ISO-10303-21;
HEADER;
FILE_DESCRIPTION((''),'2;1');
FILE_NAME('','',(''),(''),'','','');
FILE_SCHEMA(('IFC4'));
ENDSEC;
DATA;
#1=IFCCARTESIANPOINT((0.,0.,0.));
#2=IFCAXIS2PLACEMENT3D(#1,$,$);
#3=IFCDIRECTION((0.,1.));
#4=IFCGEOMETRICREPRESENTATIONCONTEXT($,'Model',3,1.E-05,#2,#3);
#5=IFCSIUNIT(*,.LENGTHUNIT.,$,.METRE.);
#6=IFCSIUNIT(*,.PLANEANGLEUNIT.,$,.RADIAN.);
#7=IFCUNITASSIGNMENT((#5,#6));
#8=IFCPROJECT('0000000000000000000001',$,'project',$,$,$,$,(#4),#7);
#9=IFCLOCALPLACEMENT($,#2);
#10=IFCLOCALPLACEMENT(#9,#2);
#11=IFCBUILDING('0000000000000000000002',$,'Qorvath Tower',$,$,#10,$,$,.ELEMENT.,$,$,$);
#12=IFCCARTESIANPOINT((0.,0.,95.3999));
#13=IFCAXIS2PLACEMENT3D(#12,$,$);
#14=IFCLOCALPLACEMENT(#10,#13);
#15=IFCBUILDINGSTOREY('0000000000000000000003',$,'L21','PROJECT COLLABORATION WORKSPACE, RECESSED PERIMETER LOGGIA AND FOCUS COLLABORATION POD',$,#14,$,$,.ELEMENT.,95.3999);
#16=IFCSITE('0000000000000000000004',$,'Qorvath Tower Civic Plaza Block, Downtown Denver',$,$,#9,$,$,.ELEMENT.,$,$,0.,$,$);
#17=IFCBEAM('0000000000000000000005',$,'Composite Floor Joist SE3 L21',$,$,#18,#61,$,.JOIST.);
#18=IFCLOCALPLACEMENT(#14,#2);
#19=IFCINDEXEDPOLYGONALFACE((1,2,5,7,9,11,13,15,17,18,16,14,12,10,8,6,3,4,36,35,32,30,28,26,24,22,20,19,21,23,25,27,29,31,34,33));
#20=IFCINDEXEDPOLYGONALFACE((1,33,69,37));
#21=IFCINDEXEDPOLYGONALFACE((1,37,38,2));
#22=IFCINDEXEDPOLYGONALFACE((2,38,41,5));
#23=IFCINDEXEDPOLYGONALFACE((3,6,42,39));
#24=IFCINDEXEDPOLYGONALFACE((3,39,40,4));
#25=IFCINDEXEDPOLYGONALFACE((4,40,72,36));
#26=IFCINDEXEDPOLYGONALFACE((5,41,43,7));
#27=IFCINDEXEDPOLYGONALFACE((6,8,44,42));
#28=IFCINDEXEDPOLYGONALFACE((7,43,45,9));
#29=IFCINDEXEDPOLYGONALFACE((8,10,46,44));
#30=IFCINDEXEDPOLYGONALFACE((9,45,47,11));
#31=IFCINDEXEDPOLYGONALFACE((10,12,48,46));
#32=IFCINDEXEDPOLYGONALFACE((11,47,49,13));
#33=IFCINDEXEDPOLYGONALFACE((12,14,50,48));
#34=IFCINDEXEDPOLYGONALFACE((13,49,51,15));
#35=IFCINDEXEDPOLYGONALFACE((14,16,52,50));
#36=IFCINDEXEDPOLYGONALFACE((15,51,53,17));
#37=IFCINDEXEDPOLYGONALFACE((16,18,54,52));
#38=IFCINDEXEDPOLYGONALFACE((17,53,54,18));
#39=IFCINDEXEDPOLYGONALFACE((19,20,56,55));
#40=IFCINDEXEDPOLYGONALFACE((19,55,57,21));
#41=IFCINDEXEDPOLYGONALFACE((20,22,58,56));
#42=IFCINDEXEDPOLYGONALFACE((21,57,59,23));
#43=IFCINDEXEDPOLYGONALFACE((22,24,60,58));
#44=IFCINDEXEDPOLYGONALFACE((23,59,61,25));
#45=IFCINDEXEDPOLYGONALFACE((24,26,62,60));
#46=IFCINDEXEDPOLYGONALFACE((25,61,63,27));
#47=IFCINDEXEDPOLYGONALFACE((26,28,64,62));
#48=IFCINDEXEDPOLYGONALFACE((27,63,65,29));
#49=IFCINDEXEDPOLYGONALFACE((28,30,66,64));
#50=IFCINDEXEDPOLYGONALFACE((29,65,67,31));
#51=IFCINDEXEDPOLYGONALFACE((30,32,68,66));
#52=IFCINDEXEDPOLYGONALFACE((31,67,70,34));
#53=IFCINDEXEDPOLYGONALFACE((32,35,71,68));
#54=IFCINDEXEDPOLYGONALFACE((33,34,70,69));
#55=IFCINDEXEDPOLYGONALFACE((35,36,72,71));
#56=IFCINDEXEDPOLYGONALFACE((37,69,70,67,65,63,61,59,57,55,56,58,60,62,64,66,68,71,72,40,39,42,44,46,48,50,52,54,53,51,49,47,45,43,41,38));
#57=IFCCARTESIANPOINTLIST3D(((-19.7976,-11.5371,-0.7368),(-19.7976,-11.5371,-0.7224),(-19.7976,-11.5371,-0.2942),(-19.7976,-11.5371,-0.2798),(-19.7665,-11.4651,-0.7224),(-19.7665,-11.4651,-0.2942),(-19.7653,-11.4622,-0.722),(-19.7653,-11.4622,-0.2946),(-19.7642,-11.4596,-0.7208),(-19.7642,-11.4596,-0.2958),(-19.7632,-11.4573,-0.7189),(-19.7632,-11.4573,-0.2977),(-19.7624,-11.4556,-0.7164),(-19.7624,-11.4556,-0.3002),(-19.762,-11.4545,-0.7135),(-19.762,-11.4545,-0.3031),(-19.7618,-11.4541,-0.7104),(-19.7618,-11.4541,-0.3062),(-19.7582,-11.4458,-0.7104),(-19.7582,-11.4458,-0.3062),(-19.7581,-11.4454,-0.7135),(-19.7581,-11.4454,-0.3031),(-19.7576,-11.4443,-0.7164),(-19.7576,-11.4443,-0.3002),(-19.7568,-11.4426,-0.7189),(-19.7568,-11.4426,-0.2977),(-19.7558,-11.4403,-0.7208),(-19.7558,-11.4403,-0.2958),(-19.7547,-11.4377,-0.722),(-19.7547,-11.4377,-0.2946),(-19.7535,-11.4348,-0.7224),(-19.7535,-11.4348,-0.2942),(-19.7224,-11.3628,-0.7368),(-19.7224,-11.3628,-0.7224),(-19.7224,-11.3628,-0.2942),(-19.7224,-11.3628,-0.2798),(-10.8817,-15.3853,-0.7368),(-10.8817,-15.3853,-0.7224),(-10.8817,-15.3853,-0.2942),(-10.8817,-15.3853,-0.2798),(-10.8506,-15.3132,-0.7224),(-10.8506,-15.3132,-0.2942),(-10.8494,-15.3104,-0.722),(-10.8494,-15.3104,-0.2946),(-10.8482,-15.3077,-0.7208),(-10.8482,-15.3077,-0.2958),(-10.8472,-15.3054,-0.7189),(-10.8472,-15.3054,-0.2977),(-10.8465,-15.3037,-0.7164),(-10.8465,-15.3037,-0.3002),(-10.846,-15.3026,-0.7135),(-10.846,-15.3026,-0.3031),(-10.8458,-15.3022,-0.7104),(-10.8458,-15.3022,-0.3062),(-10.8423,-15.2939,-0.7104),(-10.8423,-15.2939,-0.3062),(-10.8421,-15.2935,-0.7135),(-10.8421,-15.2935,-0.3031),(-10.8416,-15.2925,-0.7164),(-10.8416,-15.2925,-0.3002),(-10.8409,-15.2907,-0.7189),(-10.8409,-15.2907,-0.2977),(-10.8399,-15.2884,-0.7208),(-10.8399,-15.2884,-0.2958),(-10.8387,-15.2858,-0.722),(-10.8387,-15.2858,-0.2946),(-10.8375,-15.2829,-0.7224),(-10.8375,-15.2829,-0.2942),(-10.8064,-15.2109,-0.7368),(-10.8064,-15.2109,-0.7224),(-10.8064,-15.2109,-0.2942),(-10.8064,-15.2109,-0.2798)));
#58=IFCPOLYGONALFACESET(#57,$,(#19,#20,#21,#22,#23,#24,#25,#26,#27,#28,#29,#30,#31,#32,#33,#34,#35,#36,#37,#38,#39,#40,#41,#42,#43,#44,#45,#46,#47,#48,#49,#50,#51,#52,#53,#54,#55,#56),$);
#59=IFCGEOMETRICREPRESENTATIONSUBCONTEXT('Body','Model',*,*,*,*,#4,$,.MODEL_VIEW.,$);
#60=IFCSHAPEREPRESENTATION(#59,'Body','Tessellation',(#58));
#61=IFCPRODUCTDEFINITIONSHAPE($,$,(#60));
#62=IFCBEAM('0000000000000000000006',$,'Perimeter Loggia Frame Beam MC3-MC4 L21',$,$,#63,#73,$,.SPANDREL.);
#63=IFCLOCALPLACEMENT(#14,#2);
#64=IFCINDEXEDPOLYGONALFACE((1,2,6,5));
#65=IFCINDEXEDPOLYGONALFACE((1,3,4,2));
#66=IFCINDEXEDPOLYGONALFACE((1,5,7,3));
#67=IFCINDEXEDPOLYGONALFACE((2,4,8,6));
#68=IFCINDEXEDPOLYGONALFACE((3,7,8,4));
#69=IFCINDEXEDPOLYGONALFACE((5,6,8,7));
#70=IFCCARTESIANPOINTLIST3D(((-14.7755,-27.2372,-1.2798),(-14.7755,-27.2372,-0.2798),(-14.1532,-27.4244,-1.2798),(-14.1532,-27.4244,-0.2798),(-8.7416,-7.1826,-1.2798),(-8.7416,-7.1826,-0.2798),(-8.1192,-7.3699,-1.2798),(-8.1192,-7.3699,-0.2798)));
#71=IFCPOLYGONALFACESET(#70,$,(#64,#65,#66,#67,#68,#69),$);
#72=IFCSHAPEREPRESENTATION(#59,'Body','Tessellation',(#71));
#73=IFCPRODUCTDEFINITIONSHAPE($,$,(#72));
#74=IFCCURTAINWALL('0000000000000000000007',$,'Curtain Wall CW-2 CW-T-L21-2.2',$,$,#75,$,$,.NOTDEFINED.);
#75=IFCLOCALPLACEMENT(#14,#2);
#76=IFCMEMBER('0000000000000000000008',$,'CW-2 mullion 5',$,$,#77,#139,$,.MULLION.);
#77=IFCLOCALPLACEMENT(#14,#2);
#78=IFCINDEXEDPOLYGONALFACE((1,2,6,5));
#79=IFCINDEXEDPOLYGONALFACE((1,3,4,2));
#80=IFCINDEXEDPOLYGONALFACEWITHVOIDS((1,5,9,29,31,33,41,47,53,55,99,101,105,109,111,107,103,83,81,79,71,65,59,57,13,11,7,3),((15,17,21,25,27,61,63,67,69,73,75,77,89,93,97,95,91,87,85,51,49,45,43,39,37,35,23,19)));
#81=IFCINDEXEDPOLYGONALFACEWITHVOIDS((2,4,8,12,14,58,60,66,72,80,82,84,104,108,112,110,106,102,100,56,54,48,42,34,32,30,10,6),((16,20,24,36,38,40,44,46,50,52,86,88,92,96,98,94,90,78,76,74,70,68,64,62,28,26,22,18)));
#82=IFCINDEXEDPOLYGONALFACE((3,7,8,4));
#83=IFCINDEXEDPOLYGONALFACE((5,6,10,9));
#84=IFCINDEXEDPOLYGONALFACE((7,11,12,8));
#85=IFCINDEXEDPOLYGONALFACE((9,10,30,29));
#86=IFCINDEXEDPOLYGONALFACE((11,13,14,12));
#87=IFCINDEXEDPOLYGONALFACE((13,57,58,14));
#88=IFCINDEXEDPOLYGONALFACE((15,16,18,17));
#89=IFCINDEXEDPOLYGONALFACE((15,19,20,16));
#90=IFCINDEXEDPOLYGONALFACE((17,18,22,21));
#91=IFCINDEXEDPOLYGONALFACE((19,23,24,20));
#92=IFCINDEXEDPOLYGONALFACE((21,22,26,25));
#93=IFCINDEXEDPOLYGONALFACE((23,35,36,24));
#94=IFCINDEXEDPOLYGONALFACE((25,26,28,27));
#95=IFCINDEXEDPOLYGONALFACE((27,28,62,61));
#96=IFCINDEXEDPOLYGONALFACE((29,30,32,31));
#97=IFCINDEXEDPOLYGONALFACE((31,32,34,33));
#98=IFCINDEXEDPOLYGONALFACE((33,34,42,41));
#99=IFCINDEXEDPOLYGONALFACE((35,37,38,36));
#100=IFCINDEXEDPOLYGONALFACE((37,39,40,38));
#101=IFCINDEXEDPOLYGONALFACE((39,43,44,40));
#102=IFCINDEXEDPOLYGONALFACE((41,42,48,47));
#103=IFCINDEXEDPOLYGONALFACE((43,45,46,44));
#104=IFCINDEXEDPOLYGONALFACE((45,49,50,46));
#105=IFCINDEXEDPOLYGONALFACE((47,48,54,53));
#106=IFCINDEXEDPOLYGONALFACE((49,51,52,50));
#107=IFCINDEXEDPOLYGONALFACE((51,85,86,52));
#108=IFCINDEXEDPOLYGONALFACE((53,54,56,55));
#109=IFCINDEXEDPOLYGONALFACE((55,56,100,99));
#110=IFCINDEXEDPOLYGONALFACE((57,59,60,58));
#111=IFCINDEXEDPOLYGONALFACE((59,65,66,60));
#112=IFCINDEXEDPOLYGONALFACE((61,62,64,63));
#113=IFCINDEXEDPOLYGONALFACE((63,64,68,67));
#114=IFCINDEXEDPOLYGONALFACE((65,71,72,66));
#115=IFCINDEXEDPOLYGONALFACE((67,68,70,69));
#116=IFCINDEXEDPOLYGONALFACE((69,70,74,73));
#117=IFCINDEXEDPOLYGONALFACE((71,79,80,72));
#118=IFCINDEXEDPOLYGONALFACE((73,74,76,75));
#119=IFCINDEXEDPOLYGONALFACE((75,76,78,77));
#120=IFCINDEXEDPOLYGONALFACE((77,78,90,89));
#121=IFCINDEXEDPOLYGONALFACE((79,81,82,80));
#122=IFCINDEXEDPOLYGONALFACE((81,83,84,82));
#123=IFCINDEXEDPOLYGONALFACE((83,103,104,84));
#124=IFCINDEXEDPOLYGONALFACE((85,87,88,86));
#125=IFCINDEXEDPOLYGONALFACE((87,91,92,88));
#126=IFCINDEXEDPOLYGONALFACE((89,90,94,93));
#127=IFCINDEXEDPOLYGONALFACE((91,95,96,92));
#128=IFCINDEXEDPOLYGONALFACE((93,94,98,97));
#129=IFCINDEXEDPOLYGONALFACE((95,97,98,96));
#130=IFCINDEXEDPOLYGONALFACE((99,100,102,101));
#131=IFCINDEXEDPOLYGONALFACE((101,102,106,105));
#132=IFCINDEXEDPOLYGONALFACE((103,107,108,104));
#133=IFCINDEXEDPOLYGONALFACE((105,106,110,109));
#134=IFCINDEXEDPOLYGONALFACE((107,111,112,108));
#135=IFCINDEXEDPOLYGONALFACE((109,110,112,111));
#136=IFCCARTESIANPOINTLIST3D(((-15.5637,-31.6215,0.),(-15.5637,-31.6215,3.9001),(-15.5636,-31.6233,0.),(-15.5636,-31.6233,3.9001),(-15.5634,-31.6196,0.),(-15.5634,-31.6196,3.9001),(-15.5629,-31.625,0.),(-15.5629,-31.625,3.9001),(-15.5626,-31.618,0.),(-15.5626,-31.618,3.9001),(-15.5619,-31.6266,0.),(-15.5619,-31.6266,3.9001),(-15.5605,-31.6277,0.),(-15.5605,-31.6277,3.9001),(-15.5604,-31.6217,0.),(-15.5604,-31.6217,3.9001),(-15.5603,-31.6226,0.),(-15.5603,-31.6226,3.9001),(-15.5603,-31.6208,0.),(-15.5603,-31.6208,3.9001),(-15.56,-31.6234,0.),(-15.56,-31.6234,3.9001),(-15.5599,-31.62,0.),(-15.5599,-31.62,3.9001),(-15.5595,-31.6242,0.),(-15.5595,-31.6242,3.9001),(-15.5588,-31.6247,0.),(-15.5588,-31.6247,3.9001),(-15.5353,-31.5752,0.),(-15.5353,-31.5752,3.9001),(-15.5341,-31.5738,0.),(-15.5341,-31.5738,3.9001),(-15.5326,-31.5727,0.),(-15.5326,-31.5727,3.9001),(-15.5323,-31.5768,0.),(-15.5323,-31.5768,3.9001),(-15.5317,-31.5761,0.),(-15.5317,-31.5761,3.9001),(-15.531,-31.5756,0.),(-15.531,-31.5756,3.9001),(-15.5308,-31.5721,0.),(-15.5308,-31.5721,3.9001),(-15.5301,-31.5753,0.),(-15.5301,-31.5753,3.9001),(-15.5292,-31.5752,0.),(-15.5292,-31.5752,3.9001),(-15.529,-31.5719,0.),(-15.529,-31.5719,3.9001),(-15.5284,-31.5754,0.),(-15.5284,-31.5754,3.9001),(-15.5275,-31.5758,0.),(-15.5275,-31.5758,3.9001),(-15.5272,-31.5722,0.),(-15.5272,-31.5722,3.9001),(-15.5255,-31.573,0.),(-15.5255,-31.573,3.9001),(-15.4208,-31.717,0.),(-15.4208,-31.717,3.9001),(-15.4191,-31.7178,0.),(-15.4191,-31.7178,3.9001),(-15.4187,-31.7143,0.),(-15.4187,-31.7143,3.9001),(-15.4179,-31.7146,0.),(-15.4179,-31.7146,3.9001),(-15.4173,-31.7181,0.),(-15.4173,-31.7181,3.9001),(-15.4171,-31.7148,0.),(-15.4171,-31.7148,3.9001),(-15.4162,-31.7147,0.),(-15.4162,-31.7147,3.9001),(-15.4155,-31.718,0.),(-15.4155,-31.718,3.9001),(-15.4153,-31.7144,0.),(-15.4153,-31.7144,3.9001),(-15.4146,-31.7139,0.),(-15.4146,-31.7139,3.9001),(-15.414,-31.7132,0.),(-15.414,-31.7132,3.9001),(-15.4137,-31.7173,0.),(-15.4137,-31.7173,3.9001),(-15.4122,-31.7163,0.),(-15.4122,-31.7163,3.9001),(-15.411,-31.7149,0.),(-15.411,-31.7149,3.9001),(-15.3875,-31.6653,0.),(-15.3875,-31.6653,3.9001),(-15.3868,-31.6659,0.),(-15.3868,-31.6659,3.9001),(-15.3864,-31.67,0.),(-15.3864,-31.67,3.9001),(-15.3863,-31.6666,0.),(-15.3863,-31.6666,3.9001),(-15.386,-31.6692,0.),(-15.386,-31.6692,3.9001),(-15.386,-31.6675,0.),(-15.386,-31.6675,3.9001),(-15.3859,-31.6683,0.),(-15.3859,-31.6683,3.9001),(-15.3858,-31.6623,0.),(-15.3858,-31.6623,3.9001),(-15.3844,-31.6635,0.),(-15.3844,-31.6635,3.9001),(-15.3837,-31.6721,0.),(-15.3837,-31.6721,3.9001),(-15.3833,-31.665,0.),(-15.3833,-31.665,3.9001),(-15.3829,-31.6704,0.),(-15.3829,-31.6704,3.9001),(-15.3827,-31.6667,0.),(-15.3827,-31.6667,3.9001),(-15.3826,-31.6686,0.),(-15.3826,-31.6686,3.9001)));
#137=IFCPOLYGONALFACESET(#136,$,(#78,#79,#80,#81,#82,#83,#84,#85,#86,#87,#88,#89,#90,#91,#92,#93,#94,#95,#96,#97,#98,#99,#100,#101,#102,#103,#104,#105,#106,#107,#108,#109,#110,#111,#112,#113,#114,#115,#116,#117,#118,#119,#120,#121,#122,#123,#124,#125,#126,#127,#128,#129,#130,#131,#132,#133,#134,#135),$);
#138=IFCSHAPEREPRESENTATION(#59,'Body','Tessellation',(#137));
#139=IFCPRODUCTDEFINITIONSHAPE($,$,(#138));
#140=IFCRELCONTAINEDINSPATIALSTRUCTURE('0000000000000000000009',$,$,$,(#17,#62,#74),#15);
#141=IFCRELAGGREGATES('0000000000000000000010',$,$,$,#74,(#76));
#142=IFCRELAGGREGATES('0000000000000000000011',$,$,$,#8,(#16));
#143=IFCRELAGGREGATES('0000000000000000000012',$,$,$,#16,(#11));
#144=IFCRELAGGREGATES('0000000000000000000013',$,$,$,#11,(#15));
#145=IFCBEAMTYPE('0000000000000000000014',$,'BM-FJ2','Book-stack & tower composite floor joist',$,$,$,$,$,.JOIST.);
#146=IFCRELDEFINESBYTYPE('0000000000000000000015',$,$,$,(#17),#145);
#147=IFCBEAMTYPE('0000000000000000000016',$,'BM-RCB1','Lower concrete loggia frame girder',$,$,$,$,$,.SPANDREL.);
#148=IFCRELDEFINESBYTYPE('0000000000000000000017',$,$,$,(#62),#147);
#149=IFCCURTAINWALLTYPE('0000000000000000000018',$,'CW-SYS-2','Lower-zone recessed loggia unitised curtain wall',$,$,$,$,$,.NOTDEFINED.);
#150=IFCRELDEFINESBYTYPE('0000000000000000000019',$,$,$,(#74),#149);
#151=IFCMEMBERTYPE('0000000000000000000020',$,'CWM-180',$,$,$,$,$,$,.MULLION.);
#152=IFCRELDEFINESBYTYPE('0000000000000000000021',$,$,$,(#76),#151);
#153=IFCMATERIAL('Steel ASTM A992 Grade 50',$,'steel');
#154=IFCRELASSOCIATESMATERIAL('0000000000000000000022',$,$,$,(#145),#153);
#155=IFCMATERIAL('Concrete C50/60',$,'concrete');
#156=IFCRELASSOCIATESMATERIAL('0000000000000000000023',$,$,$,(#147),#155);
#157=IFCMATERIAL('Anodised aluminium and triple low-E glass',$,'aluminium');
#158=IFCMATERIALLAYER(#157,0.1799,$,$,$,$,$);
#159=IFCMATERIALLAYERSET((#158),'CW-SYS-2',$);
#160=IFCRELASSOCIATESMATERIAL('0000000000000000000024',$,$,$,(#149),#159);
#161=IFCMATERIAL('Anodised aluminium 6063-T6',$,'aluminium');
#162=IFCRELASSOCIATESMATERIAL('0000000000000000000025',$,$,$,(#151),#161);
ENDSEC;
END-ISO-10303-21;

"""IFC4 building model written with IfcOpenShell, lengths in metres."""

from ifc_helpers import new_model, si_unit, direction, frame, origin, origin_2d, place, context, subcontext, project, spatial, rectangle, hollow_rectangle, i_section, extrude, material, layer, layer_set, material_profile, profile_set, type_object, element, aggregate, save


model = new_model("IFC4")

# Units and contexts
model_context = context("Model", 3, precision=1e-05, world=origin(), true_north=direction((0.0, 1.0)))
body_context = subcontext(model_context, "Body", "Model", "MODEL_VIEW")
ifc_project = project(units=[si_unit("LENGTHUNIT", "METRE"), si_unit("PLANEANGLEUNIT", "RADIAN")], contexts=[model_context])

# Site, building, storey
site_placement = place(None, origin())
site = spatial("IfcSite", under=ifc_project, at=site_placement, Name="Qorvath Tower Civic Plaza Block, Downtown Denver", CompositionType="ELEMENT", RefElevation=0.0)
building_placement = place(site_placement, origin())
building = spatial("IfcBuilding", under=site, at=building_placement, Name="Qorvath Tower", CompositionType="ELEMENT")
storey_placement = place(building_placement, frame((0.0, 0.0, 95.3999)))
storey = spatial("IfcBuildingStorey", under=building, at=storey_placement, Name="L21", Description="PROJECT COLLABORATION WORKSPACE, RECESSED PERIMETER LOGGIA AND FOCUS COLLABORATION POD", CompositionType="ELEMENT", Elevation=95.3999)

# Beams
ifc_material_1 = material(Name="Steel ASTM A992 Grade 50", Category="steel")
ifc_material_profile_1 = material_profile(ifc_material_1, i_section(OverallWidth=0.1899, OverallDepth=0.457, WebThickness=0.009, FlangeThickness=0.0144, FilletRadius=0.012, at=origin_2d()), Name="W18x50")
ifc_profile_set_1 = profile_set([ifc_material_profile_1], Name="Steel ASTM A992 Grade 50")
beam_type_1 = type_object("IfcBeamType", Name="BM-FJ2", Description="Book-stack & tower composite floor joist", PredefinedType="JOIST", material=ifc_profile_set_1)
beam_1_placement = place(storey_placement, frame((-19.76, -11.45, -0.5083), z_axis=(0.918136, -0.396266, 0.0), x_axis=(0.396266, 0.918136, 0.0)))
element("IfcBeam", 1, at=beam_1_placement, inside=storey, type_object=beam_type_1, Name="Composite Floor Joist SE3 L21", PredefinedType="JOIST", context=body_context, shape_type="SweptSolid", body=[
    extrude(i_section(OverallWidth=0.1899, OverallDepth=0.457, WebThickness=0.009, FlangeThickness=0.0144, FilletRadius=0.012, at=origin_2d()), origin(), (0.0, 0.0, 1.0), 9.7109),
])
ifc_material_2 = material(Name="Concrete C50/60", Category="concrete")
ifc_material_profile_2 = material_profile(ifc_material_2, rectangle(XDim=0.6499, YDim=1.0, at=origin_2d()), Name="RCB 1000x650")
ifc_profile_set_2 = profile_set([ifc_material_profile_2], Name="Concrete C50/60")
beam_type_2 = type_object("IfcBeamType", Name="BM-RCB1", Description="Lower concrete loggia frame girder", PredefinedType="SPANDREL", material=ifc_profile_set_2)
beam_2_placement = place(storey_placement, frame((-14.4644, -27.3308, -0.7798), z_axis=(0.288119, 0.957595, 0.0), x_axis=(-0.957595, 0.288119, 0.0)))
element("IfcBeam", 2, at=beam_2_placement, inside=storey, type_object=beam_type_2, Name="Perimeter Loggia Frame Beam MC3-MC4 L21", PredefinedType="SPANDREL", context=body_context, shape_type="SweptSolid", body=[
    extrude(rectangle(XDim=0.6499, YDim=1.0, at=origin_2d()), origin(), (0.0, 0.0, 1.0), 20.9426),
])

# Curtain wall, member
ifc_material_3 = material(Name="Anodised aluminium and triple low-E glass", Category="aluminium")
ifc_layer_1 = layer(ifc_material_3, 0.1799)
ifc_layer_set_1 = layer_set([ifc_layer_1], Name="CW-SYS-2")
curtain_wall_type = type_object("IfcCurtainWallType", Name="CW-SYS-2", Description="Lower-zone recessed loggia unitised curtain wall", PredefinedType="NOTDEFINED", material=ifc_layer_set_1)
curtain_wall_1_placement = place(storey_placement, origin())
curtain_wall_1 = element("IfcCurtainWall", 3, at=curtain_wall_1_placement, inside=storey, type_object=curtain_wall_type, Name="Curtain Wall CW-2 CW-T-L21-2.2", PredefinedType="NOTDEFINED")
ifc_material_4 = material(Name="Anodised aluminium 6063-T6", Category="aluminium")
ifc_material_profile_3 = material_profile(ifc_material_4, hollow_rectangle(XDim=0.0649, YDim=0.1799, WallThickness=0.0034, InnerFilletRadius=0.0034, OuterFilletRadius=0.0071, at=origin_2d()), Name="CWM 180x65")
ifc_profile_set_3 = profile_set([ifc_material_profile_3], Name="Anodised aluminium 6063-T6")
member_type_1 = type_object("IfcMemberType", Name="CWM-180", PredefinedType="MULLION", material=ifc_profile_set_3)
member_1_placement = place(storey_placement, frame((-15.4731, -31.645, 0.0), z_axis=(0.0, 0.0, 1.0), x_axis=(0.538539, 0.842601, 0.0)))
member_1 = element("IfcMember", 4, at=member_1_placement, type_object=member_type_1, Name="CW-2 mullion 5", PredefinedType="MULLION", context=body_context, shape_type="SweptSolid", body=[
    extrude(hollow_rectangle(XDim=0.0649, YDim=0.1799, WallThickness=0.0034, InnerFilletRadius=0.0034, OuterFilletRadius=0.0071, at=origin_2d()), origin(), (0.0, 0.0, 1.0), 3.9001),
])

aggregate(curtain_wall_1, [member_1])

save(model, "model.ifc")
